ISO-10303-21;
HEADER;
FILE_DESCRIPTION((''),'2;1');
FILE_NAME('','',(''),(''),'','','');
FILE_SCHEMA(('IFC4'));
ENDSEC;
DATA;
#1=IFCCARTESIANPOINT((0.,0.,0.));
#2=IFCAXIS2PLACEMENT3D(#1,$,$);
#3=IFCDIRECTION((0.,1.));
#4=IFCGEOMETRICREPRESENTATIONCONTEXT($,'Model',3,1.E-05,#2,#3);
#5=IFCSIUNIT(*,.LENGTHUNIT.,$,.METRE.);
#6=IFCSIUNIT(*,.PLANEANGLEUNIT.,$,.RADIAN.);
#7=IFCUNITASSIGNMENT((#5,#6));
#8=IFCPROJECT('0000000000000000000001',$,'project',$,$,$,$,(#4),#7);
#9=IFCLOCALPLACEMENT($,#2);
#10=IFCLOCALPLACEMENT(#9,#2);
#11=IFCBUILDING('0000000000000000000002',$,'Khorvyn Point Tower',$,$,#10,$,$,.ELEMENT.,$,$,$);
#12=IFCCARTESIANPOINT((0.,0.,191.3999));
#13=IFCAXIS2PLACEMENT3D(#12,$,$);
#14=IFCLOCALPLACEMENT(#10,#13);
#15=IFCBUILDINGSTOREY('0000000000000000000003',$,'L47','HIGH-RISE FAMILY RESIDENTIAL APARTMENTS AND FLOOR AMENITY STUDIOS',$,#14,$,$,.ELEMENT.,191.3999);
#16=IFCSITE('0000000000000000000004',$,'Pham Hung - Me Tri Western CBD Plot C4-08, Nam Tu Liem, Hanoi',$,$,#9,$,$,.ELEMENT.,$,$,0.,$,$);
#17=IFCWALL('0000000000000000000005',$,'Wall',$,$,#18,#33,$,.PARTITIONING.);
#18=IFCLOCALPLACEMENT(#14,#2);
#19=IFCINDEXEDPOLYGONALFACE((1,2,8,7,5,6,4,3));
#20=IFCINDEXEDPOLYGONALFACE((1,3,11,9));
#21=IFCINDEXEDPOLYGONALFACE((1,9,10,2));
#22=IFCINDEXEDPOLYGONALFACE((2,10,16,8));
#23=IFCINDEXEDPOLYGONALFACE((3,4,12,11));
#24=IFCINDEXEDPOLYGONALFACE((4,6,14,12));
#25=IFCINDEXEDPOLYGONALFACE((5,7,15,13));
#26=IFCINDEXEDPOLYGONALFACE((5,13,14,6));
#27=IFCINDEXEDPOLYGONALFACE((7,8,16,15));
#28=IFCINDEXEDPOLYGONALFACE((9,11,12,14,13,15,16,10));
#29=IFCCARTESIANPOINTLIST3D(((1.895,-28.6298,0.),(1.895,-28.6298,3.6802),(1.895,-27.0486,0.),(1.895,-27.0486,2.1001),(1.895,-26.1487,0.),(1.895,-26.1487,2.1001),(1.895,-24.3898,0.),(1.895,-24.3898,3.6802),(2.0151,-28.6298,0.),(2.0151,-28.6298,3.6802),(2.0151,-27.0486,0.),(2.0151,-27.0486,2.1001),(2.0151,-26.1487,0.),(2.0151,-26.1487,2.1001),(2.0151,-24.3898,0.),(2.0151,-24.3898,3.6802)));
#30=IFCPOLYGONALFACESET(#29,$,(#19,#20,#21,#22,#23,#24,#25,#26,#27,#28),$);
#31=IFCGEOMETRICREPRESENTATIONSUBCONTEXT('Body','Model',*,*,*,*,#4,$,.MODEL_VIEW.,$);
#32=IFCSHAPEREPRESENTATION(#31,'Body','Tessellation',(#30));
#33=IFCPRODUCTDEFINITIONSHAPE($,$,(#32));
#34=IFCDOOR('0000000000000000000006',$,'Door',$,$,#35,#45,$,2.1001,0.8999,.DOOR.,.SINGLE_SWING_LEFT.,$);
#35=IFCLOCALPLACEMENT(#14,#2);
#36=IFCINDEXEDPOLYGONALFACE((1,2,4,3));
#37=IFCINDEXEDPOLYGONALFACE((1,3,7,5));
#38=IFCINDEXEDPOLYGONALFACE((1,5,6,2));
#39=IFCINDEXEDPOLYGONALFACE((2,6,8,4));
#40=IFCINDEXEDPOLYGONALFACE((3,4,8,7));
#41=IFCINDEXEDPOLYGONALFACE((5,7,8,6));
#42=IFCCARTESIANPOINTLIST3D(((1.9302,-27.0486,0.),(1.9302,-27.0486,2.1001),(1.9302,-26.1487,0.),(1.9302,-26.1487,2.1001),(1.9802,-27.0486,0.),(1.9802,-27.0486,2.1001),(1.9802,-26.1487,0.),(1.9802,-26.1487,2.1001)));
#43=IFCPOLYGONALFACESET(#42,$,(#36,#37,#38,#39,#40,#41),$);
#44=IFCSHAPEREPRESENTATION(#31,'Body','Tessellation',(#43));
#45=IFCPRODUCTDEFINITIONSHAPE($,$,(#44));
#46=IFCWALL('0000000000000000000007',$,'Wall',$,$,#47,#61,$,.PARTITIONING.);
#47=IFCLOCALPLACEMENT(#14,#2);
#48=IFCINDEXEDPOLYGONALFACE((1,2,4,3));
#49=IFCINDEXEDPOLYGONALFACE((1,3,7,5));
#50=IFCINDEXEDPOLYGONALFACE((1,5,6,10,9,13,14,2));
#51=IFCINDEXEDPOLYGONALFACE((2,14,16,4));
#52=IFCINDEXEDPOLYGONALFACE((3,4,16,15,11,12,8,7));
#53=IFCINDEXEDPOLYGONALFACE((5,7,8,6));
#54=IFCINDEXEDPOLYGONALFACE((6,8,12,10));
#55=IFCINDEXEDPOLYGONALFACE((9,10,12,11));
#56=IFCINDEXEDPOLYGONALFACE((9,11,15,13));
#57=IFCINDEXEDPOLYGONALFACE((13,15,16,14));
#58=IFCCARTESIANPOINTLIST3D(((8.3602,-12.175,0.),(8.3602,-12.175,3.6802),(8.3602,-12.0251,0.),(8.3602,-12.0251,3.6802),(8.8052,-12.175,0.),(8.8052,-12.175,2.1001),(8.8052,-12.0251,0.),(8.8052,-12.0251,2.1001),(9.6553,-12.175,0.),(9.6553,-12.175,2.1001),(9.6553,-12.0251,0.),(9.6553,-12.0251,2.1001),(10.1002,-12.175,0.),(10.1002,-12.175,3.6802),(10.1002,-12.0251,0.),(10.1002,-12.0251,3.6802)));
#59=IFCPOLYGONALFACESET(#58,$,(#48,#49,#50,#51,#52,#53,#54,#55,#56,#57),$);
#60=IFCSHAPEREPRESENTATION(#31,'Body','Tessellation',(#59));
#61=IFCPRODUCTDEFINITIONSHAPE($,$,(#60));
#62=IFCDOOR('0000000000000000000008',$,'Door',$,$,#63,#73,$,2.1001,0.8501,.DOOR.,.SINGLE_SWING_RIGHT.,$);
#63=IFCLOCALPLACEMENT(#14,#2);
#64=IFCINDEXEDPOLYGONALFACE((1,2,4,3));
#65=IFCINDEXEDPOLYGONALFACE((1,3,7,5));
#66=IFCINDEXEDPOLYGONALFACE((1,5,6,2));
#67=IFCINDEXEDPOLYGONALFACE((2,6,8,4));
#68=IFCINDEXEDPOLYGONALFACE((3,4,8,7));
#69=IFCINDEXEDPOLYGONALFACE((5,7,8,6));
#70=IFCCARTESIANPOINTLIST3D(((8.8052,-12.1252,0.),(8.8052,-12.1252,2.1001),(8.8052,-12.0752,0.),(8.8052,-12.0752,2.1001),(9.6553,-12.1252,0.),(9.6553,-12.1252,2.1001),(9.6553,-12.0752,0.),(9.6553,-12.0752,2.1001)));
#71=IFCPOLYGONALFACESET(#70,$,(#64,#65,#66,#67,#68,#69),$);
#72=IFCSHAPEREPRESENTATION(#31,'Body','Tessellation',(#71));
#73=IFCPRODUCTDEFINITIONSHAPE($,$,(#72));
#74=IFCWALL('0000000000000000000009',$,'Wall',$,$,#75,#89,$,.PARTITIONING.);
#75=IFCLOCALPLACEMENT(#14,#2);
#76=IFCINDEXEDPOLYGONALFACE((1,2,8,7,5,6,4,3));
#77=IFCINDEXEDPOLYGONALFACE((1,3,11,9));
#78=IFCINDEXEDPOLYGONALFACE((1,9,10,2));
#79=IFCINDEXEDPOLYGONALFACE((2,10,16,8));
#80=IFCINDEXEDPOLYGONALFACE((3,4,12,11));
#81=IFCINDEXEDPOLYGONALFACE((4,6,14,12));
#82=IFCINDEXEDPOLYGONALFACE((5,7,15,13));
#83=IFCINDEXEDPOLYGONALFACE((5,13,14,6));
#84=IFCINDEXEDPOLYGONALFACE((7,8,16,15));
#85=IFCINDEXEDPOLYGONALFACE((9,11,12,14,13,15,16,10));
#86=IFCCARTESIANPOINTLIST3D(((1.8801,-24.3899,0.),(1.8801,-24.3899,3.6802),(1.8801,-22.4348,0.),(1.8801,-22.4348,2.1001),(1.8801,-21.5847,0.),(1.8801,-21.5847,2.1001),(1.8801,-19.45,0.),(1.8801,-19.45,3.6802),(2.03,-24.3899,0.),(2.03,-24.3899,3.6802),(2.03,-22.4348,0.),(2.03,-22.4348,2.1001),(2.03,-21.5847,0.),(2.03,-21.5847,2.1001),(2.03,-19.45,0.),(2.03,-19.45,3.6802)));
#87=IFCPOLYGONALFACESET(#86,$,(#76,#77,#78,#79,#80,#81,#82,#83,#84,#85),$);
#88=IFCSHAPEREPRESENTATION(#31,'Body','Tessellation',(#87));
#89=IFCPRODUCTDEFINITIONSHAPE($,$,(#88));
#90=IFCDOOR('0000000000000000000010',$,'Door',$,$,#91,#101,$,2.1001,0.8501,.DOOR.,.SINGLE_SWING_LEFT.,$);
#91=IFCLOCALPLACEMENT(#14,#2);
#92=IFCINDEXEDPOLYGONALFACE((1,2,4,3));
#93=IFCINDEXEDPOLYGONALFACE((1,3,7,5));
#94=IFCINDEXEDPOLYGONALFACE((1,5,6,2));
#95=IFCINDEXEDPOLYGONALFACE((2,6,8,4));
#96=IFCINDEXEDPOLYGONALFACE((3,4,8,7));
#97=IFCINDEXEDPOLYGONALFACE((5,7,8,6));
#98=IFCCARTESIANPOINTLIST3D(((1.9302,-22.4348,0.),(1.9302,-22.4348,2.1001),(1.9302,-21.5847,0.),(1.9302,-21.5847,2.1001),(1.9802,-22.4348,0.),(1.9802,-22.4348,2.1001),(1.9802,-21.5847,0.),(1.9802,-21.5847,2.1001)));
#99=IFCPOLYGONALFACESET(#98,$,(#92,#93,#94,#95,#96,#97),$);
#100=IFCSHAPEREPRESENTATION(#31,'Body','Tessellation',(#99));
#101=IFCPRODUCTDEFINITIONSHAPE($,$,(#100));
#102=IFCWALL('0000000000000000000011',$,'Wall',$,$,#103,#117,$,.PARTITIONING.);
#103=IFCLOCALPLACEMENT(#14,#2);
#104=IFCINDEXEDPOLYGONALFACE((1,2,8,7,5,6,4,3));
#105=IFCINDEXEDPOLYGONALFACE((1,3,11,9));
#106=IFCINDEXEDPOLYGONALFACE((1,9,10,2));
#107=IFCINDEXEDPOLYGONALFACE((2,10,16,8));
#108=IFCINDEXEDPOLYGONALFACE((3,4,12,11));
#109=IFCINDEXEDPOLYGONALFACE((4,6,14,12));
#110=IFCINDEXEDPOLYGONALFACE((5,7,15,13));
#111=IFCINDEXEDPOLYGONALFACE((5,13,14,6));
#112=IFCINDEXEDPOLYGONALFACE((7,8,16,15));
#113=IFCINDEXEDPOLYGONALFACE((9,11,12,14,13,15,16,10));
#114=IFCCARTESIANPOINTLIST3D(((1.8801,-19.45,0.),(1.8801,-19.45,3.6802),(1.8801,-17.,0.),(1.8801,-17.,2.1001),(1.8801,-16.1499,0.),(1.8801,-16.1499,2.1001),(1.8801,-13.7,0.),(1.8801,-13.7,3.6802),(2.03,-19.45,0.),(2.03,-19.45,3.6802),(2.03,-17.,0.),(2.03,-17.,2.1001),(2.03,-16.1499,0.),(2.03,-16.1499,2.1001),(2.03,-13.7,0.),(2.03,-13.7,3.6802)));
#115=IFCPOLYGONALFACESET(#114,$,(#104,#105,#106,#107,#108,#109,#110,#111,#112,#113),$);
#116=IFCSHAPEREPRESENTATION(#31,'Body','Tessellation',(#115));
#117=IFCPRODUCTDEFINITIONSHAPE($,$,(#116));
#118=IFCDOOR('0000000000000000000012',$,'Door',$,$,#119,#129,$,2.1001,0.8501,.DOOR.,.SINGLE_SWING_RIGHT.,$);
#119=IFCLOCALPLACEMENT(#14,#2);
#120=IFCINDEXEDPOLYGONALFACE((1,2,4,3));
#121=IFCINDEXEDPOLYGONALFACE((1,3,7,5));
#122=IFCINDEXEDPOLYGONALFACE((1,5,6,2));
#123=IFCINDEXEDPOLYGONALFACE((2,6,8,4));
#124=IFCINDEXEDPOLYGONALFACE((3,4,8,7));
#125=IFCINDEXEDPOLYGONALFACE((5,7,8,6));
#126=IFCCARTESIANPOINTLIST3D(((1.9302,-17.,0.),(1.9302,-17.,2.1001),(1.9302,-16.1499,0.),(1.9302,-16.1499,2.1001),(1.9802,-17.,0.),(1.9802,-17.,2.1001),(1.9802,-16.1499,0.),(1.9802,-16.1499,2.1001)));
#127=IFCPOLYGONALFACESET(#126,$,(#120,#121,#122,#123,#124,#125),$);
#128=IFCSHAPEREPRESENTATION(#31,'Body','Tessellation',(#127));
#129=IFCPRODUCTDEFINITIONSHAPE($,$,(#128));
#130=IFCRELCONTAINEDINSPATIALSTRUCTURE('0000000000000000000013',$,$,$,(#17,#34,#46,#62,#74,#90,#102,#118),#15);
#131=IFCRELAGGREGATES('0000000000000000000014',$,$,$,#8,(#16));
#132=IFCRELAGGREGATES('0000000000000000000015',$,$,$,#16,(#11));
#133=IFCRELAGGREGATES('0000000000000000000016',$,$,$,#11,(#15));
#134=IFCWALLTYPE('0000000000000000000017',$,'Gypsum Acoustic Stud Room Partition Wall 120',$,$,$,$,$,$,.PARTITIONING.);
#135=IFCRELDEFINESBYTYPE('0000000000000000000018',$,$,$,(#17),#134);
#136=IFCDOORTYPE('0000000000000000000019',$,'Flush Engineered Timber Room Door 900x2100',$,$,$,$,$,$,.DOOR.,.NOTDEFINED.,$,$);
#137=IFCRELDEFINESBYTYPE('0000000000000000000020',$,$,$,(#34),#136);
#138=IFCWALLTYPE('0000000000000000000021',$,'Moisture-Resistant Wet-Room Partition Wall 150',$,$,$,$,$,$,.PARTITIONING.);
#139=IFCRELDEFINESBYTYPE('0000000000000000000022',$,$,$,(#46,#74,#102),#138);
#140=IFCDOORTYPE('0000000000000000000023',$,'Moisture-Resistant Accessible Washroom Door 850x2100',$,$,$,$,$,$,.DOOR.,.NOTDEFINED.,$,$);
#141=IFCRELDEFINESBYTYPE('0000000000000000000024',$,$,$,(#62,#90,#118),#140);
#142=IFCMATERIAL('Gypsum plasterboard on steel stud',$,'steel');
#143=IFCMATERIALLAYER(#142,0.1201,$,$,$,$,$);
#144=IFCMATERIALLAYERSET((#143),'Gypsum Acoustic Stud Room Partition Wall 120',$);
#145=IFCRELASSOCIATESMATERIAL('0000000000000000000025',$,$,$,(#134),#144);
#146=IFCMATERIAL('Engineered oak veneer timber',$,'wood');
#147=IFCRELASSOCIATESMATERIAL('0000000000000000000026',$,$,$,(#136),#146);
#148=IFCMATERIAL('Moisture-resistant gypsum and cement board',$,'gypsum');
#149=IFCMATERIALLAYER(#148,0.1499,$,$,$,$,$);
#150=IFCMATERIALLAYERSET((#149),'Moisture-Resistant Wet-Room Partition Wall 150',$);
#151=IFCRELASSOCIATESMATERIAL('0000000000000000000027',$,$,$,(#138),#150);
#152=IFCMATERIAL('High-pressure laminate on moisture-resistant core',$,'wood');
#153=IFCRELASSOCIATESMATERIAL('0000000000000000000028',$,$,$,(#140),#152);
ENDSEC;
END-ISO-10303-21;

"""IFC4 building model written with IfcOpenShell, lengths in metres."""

from ifc_helpers import new_model, si_unit, direction, frame, frame_2d, origin, place, context, subcontext, project, spatial, rectangle, extrude, material, layer, layer_set, type_object, element, fill, save


model = new_model("IFC4")

# Units and contexts
model_context = context("Model", 3, precision=1e-05, world=origin(), true_north=direction((0.0, 1.0)))
body_context = subcontext(model_context, "Body", "Model", "MODEL_VIEW")
ifc_project = project(units=[si_unit("LENGTHUNIT", "METRE"), si_unit("PLANEANGLEUNIT", "RADIAN")], contexts=[model_context])

# Site, building, storey
site_placement = place(None, origin())
site = spatial("IfcSite", under=ifc_project, at=site_placement, Name="Pham Hung - Me Tri Western CBD Plot C4-08, Nam Tu Liem, Hanoi", CompositionType="ELEMENT", RefElevation=0.0)
building_placement = place(site_placement, origin())
building = spatial("IfcBuilding", under=site, at=building_placement, Name="Khorvyn Point Tower", CompositionType="ELEMENT")
storey_placement = place(building_placement, frame((0.0, 0.0, 191.3999)))
storey = spatial("IfcBuildingStorey", under=building, at=storey_placement, Name="L47", Description="HIGH-RISE FAMILY RESIDENTIAL APARTMENTS AND FLOOR AMENITY STUDIOS", CompositionType="ELEMENT", Elevation=191.3999)

# Walls, openings, doors
ifc_material_1 = material(Name="Gypsum plasterboard on steel stud", Category="steel")
ifc_layer_1 = layer(ifc_material_1, 0.1201)
ifc_layer_set_1 = layer_set([ifc_layer_1], Name="Gypsum Acoustic Stud Room Partition Wall 120")
wall_type_1 = type_object("IfcWallType", Name="Gypsum Acoustic Stud Room Partition Wall 120", PredefinedType="PARTITIONING", material=ifc_layer_set_1)
ifc_material_2 = material(Name="Engineered oak veneer timber", Category="wood")
door_type_1 = type_object("IfcDoorType", Name="Flush Engineered Timber Room Door 900x2100", OperationType="NOTDEFINED", PredefinedType="DOOR", material=ifc_material_2)
wall_1_placement = place(storey_placement, frame((1.9551, -28.6299, 0.0), z_axis=(0.0, 0.0, 1.0), x_axis=(0.0, 1.0, 0.0)))
wall_1 = element("IfcWall", 1, at=wall_1_placement, inside=storey, type_object=wall_type_1, Name="Wall", PredefinedType="PARTITIONING", context=body_context, shape_type="SweptSolid", body=[
    extrude(rectangle(XDim=4.24, YDim=0.1201, at=frame_2d((2.1201, 0.0))), origin(), (0.0, 0.0, 1.0), 3.6802),
])
opening_1_placement = place(wall_1_placement, frame((1.5813, 0.0, 0.0)))
opening_1 = element("IfcOpeningElement", 2, at=opening_1_placement, cuts=wall_1, PredefinedType="OPENING", context=body_context, shape_type="SweptSolid", body=[
    extrude(rectangle(XDim=0.8999, YDim=2.1001, at=frame_2d((0.45, 1.05))), frame((0.0, 0.0701, 0.0), z_axis=(0.0, -1.0, 0.0), x_axis=(1.0, 0.0, 0.0)), (0.0, 0.0, 1.0), 0.1401),
])
door_1_placement = place(opening_1_placement, origin())
door_1 = element("IfcDoor", 3, at=door_1_placement, inside=storey, type_object=door_type_1, Name="Door", OperationType="SINGLE_SWING_LEFT", OverallHeight=2.1001, OverallWidth=0.8999, PredefinedType="DOOR", context=body_context, shape_type="SweptSolid", body=[
    extrude(rectangle(XDim=0.8999, YDim=2.1001, at=frame_2d((0.45, 1.05))), frame((0.0, 0.0249, 0.0), z_axis=(0.0, -1.0, 0.0), x_axis=(1.0, 0.0, 0.0)), (0.0, 0.0, 1.0), 0.05),
])
fill(opening_1, door_1)
ifc_material_3 = material(Name="Moisture-resistant gypsum and cement board", Category="gypsum")
ifc_layer_2 = layer(ifc_material_3, 0.1499)
ifc_layer_set_2 = layer_set([ifc_layer_2], Name="Moisture-Resistant Wet-Room Partition Wall 150")
wall_type_2 = type_object("IfcWallType", Name="Moisture-Resistant Wet-Room Partition Wall 150", PredefinedType="PARTITIONING", material=ifc_layer_set_2)
wall_2_placement = place(storey_placement, frame((8.3601, -12.1001, 0.0), z_axis=(0.0, 0.0, 1.0), x_axis=(1.0, 0.0, 0.0)))
wall_2 = element("IfcWall", 4, at=wall_2_placement, inside=storey, type_object=wall_type_2, Name="Wall", PredefinedType="PARTITIONING", context=body_context, shape_type="SweptSolid", body=[
    extrude(rectangle(XDim=1.74, YDim=0.1499, at=frame_2d((0.8701, 0.0))), origin(), (0.0, 0.0, 1.0), 3.6802),
])
opening_2_placement = place(wall_2_placement, frame((0.4451, 0.0, 0.0)))
opening_2 = element("IfcOpeningElement", 5, at=opening_2_placement, cuts=wall_2, PredefinedType="OPENING", context=body_context, shape_type="SweptSolid", body=[
    extrude(rectangle(XDim=0.8501, YDim=2.1001, at=frame_2d((0.425, 1.05))), frame((0.0, 0.085, 0.0), z_axis=(0.0, -1.0, 0.0), x_axis=(1.0, 0.0, 0.0)), (0.0, 0.0, 1.0), 0.1699),
])
ifc_material_4 = material(Name="High-pressure laminate on moisture-resistant core", Category="wood")
door_type_2 = type_object("IfcDoorType", Name="Moisture-Resistant Accessible Washroom Door 850x2100", OperationType="NOTDEFINED", PredefinedType="DOOR", material=ifc_material_4)
door_2_placement = place(opening_2_placement, origin())
door_2 = element("IfcDoor", 6, at=door_2_placement, inside=storey, type_object=door_type_2, Name="Door", OperationType="SINGLE_SWING_RIGHT", OverallHeight=2.1001, OverallWidth=0.8501, PredefinedType="DOOR", context=body_context, shape_type="SweptSolid", body=[
    extrude(rectangle(XDim=0.8501, YDim=2.1001, at=frame_2d((0.425, 1.05))), frame((0.0, 0.0249, 0.0), z_axis=(0.0, -1.0, 0.0), x_axis=(1.0, 0.0, 0.0)), (0.0, 0.0, 1.0), 0.05),
])
fill(opening_2, door_2)
wall_3_placement = place(storey_placement, frame((1.9551, -24.3899, 0.0), z_axis=(0.0, 0.0, 1.0), x_axis=(0.0, 1.0, 0.0)))
wall_3 = element("IfcWall", 7, at=wall_3_placement, inside=storey, type_object=wall_type_2, Name="Wall", PredefinedType="PARTITIONING", context=body_context, shape_type="SweptSolid", body=[
    extrude(rectangle(XDim=4.9399, YDim=0.1499, at=frame_2d((2.47, 0.0))), origin(), (0.0, 0.0, 1.0), 3.6802),
])
opening_3_placement = place(wall_3_placement, frame((1.9551, 0.0, 0.0)))
opening_3 = element("IfcOpeningElement", 8, at=opening_3_placement, cuts=wall_3, PredefinedType="OPENING", context=body_context, shape_type="SweptSolid", body=[
    extrude(rectangle(XDim=0.8501, YDim=2.1001, at=frame_2d((0.425, 1.05))), frame((0.0, 0.085, 0.0), z_axis=(0.0, -1.0, 0.0), x_axis=(1.0, 0.0, 0.0)), (0.0, 0.0, 1.0), 0.1699),
])
door_3_placement = place(opening_3_placement, origin())
door_3 = element("IfcDoor", 9, at=door_3_placement, inside=storey, type_object=door_type_2, Name="Door", OperationType="SINGLE_SWING_LEFT", OverallHeight=2.1001, OverallWidth=0.8501, PredefinedType="DOOR", context=body_context, shape_type="SweptSolid", body=[
    extrude(rectangle(XDim=0.8501, YDim=2.1001, at=frame_2d((0.425, 1.05))), frame((0.0, 0.0249, 0.0), z_axis=(0.0, -1.0, 0.0), x_axis=(1.0, 0.0, 0.0)), (0.0, 0.0, 1.0), 0.05),
])
fill(opening_3, door_3)
wall_4_placement = place(storey_placement, frame((1.9551, -19.45, 0.0), z_axis=(0.0, 0.0, 1.0), x_axis=(0.0, 1.0, 0.0)))
wall_4 = element("IfcWall", 10, at=wall_4_placement, inside=storey, type_object=wall_type_2, Name="Wall", PredefinedType="PARTITIONING", context=body_context, shape_type="SweptSolid", body=[
    extrude(rectangle(XDim=5.75, YDim=0.1499, at=frame_2d((2.875, 0.0))), origin(), (0.0, 0.0, 1.0), 3.6802),
])
opening_4_placement = place(wall_4_placement, frame((2.45, 0.0, 0.0)))
opening_4 = element("IfcOpeningElement", 11, at=opening_4_placement, cuts=wall_4, PredefinedType="OPENING", context=body_context, shape_type="SweptSolid", body=[
    extrude(rectangle(XDim=0.8501, YDim=2.1001, at=frame_2d((0.425, 1.05))), frame((0.0, 0.085, 0.0), z_axis=(0.0, -1.0, 0.0), x_axis=(1.0, 0.0, 0.0)), (0.0, 0.0, 1.0), 0.1699),
])
door_4_placement = place(opening_4_placement, origin())
door_4 = element("IfcDoor", 12, at=door_4_placement, inside=storey, type_object=door_type_2, Name="Door", OperationType="SINGLE_SWING_RIGHT", OverallHeight=2.1001, OverallWidth=0.8501, PredefinedType="DOOR", context=body_context, shape_type="SweptSolid", body=[
    extrude(rectangle(XDim=0.8501, YDim=2.1001, at=frame_2d((0.425, 1.05))), frame((0.0, 0.0249, 0.0), z_axis=(0.0, -1.0, 0.0), x_axis=(1.0, 0.0, 0.0)), (0.0, 0.0, 1.0), 0.05),
])
fill(opening_4, door_4)

save(model, "model.ifc")
